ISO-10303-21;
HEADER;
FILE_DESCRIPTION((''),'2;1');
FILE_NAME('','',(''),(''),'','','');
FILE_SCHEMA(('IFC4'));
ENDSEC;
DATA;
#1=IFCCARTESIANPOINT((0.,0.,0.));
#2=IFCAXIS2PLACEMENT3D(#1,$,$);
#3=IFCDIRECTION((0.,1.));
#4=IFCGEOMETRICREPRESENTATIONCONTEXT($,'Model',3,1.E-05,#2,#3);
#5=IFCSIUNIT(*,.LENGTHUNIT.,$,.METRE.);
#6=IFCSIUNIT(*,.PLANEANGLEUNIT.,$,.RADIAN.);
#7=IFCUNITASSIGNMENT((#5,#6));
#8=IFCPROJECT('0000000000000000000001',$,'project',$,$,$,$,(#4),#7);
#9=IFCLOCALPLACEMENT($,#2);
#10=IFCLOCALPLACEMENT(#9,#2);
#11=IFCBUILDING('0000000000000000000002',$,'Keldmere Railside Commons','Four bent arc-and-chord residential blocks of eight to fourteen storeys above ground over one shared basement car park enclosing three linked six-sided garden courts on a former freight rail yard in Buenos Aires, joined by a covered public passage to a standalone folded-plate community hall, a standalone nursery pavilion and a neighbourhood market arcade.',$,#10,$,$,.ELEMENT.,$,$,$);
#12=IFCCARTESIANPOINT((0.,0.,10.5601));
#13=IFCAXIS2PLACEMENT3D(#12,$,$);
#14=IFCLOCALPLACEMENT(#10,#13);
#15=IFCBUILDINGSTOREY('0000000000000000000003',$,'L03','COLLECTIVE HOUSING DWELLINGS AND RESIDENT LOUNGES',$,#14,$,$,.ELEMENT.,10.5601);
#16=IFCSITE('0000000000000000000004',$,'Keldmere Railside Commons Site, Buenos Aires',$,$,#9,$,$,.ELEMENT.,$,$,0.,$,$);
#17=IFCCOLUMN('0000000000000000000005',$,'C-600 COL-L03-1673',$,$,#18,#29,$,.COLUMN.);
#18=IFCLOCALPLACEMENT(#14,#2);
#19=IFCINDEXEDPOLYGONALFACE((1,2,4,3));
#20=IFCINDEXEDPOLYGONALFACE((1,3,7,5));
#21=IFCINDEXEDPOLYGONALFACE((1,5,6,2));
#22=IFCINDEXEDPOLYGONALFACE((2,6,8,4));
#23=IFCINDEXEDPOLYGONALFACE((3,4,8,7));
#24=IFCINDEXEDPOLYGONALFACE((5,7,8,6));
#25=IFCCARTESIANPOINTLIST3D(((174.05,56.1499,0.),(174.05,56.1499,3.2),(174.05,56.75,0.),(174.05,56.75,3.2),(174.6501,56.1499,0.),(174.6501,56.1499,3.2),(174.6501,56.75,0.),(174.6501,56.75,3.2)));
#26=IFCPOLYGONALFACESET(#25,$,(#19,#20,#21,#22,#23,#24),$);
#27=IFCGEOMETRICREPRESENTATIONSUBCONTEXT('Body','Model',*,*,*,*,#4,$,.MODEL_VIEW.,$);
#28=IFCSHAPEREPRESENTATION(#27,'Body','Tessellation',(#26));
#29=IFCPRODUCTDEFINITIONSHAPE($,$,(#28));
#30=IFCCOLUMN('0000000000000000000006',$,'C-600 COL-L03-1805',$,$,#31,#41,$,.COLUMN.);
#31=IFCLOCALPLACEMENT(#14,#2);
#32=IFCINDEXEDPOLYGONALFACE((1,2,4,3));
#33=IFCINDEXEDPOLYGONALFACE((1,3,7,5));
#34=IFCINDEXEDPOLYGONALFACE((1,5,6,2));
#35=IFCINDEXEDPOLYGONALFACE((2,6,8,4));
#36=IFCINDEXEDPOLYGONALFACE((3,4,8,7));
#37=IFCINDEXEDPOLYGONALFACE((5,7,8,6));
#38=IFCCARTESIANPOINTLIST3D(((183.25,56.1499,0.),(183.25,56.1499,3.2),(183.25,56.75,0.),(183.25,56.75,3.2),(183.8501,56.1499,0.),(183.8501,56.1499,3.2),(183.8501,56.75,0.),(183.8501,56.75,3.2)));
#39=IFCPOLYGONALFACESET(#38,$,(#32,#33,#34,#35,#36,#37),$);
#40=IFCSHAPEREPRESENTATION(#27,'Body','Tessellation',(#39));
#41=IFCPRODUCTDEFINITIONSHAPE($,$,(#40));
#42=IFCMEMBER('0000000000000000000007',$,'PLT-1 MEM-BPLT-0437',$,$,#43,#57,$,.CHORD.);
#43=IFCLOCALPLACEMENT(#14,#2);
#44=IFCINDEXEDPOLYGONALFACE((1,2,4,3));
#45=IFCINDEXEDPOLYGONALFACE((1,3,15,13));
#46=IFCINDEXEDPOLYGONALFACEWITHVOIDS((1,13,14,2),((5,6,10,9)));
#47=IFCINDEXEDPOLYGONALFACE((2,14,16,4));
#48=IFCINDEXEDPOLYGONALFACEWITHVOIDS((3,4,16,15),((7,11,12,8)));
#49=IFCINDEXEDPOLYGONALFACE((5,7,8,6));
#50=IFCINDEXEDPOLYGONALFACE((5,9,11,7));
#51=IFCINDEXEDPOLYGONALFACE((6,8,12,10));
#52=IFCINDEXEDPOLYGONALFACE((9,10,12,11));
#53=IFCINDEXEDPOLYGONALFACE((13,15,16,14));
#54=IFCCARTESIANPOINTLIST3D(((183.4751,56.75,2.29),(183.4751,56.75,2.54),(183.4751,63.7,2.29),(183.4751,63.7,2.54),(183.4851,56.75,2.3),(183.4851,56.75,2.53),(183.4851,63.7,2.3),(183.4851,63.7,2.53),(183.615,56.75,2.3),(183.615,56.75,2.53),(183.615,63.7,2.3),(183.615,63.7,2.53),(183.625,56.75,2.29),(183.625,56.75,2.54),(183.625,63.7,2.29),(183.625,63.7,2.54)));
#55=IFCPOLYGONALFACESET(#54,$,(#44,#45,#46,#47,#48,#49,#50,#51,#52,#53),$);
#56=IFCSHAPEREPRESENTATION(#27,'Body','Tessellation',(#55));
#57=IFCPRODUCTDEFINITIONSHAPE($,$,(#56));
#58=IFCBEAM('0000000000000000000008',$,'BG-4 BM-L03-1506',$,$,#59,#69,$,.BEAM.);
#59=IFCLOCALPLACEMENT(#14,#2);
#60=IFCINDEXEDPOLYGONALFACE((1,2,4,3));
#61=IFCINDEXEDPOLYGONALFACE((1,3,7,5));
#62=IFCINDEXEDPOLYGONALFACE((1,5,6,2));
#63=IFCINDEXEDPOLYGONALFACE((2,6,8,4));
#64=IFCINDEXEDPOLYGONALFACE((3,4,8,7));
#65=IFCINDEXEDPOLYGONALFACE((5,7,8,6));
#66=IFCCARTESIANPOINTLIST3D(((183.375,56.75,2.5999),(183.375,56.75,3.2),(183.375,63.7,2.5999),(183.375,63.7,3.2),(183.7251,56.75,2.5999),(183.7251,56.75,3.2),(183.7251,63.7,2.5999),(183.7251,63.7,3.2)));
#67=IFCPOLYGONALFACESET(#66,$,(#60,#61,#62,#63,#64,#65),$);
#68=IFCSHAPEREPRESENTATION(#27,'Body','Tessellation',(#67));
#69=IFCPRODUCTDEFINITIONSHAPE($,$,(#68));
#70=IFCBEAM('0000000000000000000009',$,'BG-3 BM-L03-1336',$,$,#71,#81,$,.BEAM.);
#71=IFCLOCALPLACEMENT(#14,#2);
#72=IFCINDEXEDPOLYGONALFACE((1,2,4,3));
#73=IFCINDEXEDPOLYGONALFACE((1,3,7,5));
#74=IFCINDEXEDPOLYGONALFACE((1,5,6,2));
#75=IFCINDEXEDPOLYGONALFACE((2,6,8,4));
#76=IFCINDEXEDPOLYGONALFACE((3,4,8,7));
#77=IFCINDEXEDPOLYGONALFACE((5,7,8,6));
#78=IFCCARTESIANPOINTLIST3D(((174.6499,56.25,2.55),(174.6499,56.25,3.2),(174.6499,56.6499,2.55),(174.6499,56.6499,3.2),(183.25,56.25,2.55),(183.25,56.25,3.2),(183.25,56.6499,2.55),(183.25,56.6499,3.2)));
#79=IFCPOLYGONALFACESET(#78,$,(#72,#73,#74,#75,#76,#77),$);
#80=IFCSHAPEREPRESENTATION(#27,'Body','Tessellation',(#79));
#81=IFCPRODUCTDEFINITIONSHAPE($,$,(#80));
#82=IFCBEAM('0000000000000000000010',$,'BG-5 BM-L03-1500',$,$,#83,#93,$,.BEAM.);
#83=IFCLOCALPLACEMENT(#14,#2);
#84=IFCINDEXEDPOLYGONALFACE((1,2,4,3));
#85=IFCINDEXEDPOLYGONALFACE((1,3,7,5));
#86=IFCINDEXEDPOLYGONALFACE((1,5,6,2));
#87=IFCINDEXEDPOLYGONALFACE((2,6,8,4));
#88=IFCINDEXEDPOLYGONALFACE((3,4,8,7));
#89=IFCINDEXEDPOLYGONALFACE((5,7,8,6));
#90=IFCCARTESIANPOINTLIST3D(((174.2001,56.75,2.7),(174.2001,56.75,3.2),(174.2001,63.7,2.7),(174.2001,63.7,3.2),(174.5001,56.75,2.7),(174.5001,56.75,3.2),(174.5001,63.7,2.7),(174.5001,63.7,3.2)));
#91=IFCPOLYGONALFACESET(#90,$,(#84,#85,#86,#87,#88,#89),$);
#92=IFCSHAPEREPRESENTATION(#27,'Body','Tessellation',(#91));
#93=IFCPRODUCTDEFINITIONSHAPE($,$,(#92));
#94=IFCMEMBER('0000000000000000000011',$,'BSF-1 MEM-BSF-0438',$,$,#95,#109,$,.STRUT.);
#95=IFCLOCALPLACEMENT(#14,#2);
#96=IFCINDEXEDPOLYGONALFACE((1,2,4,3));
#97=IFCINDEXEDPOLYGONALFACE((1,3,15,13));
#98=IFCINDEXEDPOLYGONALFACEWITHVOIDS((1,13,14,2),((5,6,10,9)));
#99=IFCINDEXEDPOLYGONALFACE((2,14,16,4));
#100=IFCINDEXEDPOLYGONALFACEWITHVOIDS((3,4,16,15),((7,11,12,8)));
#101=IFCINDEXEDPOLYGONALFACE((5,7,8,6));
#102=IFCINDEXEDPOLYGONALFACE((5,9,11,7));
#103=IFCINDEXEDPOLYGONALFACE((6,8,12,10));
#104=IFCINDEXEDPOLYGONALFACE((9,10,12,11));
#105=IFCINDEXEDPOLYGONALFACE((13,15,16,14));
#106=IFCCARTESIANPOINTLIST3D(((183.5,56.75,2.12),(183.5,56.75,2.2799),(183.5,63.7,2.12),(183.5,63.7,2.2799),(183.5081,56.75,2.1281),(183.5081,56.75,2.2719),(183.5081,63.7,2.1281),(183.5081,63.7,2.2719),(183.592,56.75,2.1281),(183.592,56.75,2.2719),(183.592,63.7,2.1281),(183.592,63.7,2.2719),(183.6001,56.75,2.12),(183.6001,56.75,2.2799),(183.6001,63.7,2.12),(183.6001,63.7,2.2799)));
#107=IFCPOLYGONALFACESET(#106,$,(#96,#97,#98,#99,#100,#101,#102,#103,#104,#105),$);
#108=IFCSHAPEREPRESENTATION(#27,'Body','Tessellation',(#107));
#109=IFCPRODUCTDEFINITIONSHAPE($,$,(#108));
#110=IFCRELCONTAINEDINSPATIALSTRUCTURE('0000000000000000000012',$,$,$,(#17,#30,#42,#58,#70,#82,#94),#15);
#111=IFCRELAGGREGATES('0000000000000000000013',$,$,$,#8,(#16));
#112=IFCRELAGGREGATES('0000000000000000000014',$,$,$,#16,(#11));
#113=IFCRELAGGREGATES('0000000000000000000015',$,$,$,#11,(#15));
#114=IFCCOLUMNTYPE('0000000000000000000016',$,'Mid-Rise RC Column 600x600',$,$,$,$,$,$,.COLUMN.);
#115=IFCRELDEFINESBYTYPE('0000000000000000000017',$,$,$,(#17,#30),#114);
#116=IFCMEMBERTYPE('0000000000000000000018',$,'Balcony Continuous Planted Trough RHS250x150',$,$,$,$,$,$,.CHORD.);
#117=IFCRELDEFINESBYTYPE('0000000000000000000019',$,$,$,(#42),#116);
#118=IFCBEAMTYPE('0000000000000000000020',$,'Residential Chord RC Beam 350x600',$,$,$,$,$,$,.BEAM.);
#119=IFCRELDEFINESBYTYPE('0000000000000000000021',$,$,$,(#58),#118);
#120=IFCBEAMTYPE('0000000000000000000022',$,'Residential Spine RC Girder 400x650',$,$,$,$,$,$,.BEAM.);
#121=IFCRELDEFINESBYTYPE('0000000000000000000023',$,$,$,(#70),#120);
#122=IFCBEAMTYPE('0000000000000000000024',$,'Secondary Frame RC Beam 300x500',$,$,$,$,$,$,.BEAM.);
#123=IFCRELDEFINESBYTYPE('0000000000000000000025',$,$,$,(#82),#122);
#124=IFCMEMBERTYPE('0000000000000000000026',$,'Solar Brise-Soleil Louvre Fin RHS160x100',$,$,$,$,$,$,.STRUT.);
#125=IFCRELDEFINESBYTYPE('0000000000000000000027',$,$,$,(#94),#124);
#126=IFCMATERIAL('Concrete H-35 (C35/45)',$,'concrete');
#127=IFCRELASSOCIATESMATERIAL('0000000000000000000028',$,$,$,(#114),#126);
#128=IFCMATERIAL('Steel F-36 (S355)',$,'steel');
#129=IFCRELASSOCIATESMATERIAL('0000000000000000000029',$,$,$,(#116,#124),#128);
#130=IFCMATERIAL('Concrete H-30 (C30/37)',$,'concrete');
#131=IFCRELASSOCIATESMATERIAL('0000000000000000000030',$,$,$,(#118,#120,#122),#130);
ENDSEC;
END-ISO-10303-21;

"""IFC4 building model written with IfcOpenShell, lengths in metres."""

from ifc_helpers import new_model, si_unit, direction, frame, origin, origin_2d, place, context, subcontext, project, spatial, rectangle, hollow_rectangle, extrude, material, material_profile, profile_set, type_object, element, save


model = new_model("IFC4")

# Units and contexts
model_context = context("Model", 3, precision=1e-05, world=origin(), true_north=direction((0.0, 1.0)))
body_context = subcontext(model_context, "Body", "Model", "MODEL_VIEW")
ifc_project = project(units=[si_unit("LENGTHUNIT", "METRE"), si_unit("PLANEANGLEUNIT", "RADIAN")], contexts=[model_context])

# Site, building, storey
site_placement = place(None, origin())
site = spatial("IfcSite", under=ifc_project, at=site_placement, Name="Keldmere Railside Commons Site, Buenos Aires", CompositionType="ELEMENT", RefElevation=0.0)
building_placement = place(site_placement, origin())
building = spatial("IfcBuilding", under=site, at=building_placement, Name="Keldmere Railside Commons", Description="Four bent arc-and-chord residential blocks of eight to fourteen storeys above ground over one shared basement car park enclosing three linked six-sided garden courts on a former freight rail yard in Buenos Aires, joined by a covered public passage to a standalone folded-plate community hall, a standalone nursery pavilion and a neighbourhood market arcade.", CompositionType="ELEMENT")
storey_placement = place(building_placement, frame((0.0, 0.0, 10.5601)))
storey = spatial("IfcBuildingStorey", under=building, at=storey_placement, Name="L03", Description="COLLECTIVE HOUSING DWELLINGS AND RESIDENT LOUNGES", CompositionType="ELEMENT", Elevation=10.5601)

# Columns
ifc_material_1 = material(Name="Concrete H-35 (C35/45)", Category="concrete")
ifc_material_profile_1 = material_profile(ifc_material_1, rectangle(XDim=0.6001, YDim=0.6001, at=origin_2d()), Name="RC-600x600")
ifc_profile_set_1 = profile_set([ifc_material_profile_1], Name="Concrete H-35 (C35/45)")
column_type = type_object("IfcColumnType", Name="Mid-Rise RC Column 600x600", PredefinedType="COLUMN", material=ifc_profile_set_1)
for number, where, z_axis, x_axis, name in (
    (1, (174.3501, 56.45, 0.0), (0.0, 0.0, 1.0), (1.0, 0.0, 0.0), "C-600 COL-L03-1673"),
    (2, (183.55, 56.45, 0.0), (0.0, 0.0, 1.0), (1.0, 0.0, 0.0), "C-600 COL-L03-1805"),
):
    element("IfcColumn", number, at=place(storey_placement, frame(where, z_axis=z_axis, x_axis=x_axis)), inside=storey, type_object=column_type, Name=name, PredefinedType="COLUMN", context=body_context, shape_type="SweptSolid", body=[
        extrude(rectangle(XDim=0.6001, YDim=0.6001, at=origin_2d()), origin(), (0.0, 0.0, 1.0), 3.2),
    ])

# Member
ifc_material_2 = material(Name="Steel F-36 (S355)", Category="steel")
ifc_material_profile_2 = material_profile(ifc_material_2, hollow_rectangle(XDim=0.1499, YDim=0.25, WallThickness=0.01, at=origin_2d()), Name="RHS-250x150x10")
ifc_profile_set_2 = profile_set([ifc_material_profile_2], Name="Steel F-36 (S355)")
member_type_1 = type_object("IfcMemberType", Name="Balcony Continuous Planted Trough RHS250x150", PredefinedType="CHORD", material=ifc_profile_set_2)
member_1_placement = place(storey_placement, frame((183.55, 56.75, 2.415), z_axis=(0.0, 1.0, 0.0), x_axis=(-1.0, 0.0, 0.0)))
element("IfcMember", 3, at=member_1_placement, inside=storey, type_object=member_type_1, Name="PLT-1 MEM-BPLT-0437", PredefinedType="CHORD", context=body_context, shape_type="SweptSolid", body=[
    extrude(hollow_rectangle(XDim=0.1499, YDim=0.25, WallThickness=0.01, at=origin_2d()), origin(), (0.0, 0.0, 1.0), 6.95),
])

# Beams
ifc_material_3 = material(Name="Concrete H-30 (C30/37)", Category="concrete")
ifc_material_profile_3 = material_profile(ifc_material_3, rectangle(XDim=0.3501, YDim=0.6001, at=origin_2d()), Name="RC-350x600")
ifc_profile_set_3 = profile_set([ifc_material_profile_3], Name="Concrete H-30 (C30/37)")
beam_type_1 = type_object("IfcBeamType", Name="Residential Chord RC Beam 350x600", PredefinedType="BEAM", material=ifc_profile_set_3)
beam_1_placement = place(storey_placement, frame((183.55, 56.75, 2.8999), z_axis=(0.0, 1.0, 0.0), x_axis=(-1.0, 0.0, 0.0)))
element("IfcBeam", 4, at=beam_1_placement, inside=storey, type_object=beam_type_1, Name="BG-4 BM-L03-1506", PredefinedType="BEAM", context=body_context, shape_type="SweptSolid", body=[
    extrude(rectangle(XDim=0.3501, YDim=0.6001, at=origin_2d()), origin(), (0.0, 0.0, 1.0), 6.95),
])
ifc_material_profile_4 = material_profile(ifc_material_3, rectangle(XDim=0.3999, YDim=0.6499, at=origin_2d()), Name="RC-400x650")
ifc_profile_set_4 = profile_set([ifc_material_profile_4], Name="Concrete H-30 (C30/37)")
beam_type_2 = type_object("IfcBeamType", Name="Residential Spine RC Girder 400x650", PredefinedType="BEAM", material=ifc_profile_set_4)
beam_2_placement = place(storey_placement, frame((174.6499, 56.45, 2.875), z_axis=(1.0, 0.0, 0.0), x_axis=(0.0, 1.0, 0.0)))
element("IfcBeam", 5, at=beam_2_placement, inside=storey, type_object=beam_type_2, Name="BG-3 BM-L03-1336", PredefinedType="BEAM", context=body_context, shape_type="SweptSolid", body=[
    extrude(rectangle(XDim=0.3999, YDim=0.6499, at=origin_2d()), origin(), (0.0, 0.0, 1.0), 8.6001),
])
ifc_material_profile_5 = material_profile(ifc_material_3, rectangle(XDim=0.3, YDim=0.5, at=origin_2d()), Name="RC-300x500")
ifc_profile_set_5 = profile_set([ifc_material_profile_5], Name="Concrete H-30 (C30/37)")
beam_type_3 = type_object("IfcBeamType", Name="Secondary Frame RC Beam 300x500", PredefinedType="BEAM", material=ifc_profile_set_5)
beam_3_placement = place(storey_placement, frame((174.3501, 56.75, 2.95), z_axis=(0.0, 1.0, 0.0), x_axis=(-1.0, 0.0, 0.0)))
element("IfcBeam", 6, at=beam_3_placement, inside=storey, type_object=beam_type_3, Name="BG-5 BM-L03-1500", PredefinedType="BEAM", context=body_context, shape_type="SweptSolid", body=[
    extrude(rectangle(XDim=0.3, YDim=0.5, at=origin_2d()), origin(), (0.0, 0.0, 1.0), 6.95),
])

# Member
ifc_material_profile_6 = material_profile(ifc_material_2, hollow_rectangle(XDim=0.1001, YDim=0.1599, WallThickness=0.0081, at=origin_2d()), Name="RHS-160x100x8")
ifc_profile_set_6 = profile_set([ifc_material_profile_6], Name="Steel F-36 (S355)")
member_type_2 = type_object("IfcMemberType", Name="Solar Brise-Soleil Louvre Fin RHS160x100", PredefinedType="STRUT", material=ifc_profile_set_6)
member_2_placement = place(storey_placement, frame((183.55, 56.75, 2.2), z_axis=(0.0, 1.0, 0.0), x_axis=(-1.0, 0.0, 0.0)))
element("IfcMember", 7, at=member_2_placement, inside=storey, type_object=member_type_2, Name="BSF-1 MEM-BSF-0438", PredefinedType="STRUT", context=body_context, shape_type="SweptSolid", body=[
    extrude(hollow_rectangle(XDim=0.1001, YDim=0.1599, WallThickness=0.0081, at=origin_2d()), origin(), (0.0, 0.0, 1.0), 6.95),
])

save(model, "model.ifc")
